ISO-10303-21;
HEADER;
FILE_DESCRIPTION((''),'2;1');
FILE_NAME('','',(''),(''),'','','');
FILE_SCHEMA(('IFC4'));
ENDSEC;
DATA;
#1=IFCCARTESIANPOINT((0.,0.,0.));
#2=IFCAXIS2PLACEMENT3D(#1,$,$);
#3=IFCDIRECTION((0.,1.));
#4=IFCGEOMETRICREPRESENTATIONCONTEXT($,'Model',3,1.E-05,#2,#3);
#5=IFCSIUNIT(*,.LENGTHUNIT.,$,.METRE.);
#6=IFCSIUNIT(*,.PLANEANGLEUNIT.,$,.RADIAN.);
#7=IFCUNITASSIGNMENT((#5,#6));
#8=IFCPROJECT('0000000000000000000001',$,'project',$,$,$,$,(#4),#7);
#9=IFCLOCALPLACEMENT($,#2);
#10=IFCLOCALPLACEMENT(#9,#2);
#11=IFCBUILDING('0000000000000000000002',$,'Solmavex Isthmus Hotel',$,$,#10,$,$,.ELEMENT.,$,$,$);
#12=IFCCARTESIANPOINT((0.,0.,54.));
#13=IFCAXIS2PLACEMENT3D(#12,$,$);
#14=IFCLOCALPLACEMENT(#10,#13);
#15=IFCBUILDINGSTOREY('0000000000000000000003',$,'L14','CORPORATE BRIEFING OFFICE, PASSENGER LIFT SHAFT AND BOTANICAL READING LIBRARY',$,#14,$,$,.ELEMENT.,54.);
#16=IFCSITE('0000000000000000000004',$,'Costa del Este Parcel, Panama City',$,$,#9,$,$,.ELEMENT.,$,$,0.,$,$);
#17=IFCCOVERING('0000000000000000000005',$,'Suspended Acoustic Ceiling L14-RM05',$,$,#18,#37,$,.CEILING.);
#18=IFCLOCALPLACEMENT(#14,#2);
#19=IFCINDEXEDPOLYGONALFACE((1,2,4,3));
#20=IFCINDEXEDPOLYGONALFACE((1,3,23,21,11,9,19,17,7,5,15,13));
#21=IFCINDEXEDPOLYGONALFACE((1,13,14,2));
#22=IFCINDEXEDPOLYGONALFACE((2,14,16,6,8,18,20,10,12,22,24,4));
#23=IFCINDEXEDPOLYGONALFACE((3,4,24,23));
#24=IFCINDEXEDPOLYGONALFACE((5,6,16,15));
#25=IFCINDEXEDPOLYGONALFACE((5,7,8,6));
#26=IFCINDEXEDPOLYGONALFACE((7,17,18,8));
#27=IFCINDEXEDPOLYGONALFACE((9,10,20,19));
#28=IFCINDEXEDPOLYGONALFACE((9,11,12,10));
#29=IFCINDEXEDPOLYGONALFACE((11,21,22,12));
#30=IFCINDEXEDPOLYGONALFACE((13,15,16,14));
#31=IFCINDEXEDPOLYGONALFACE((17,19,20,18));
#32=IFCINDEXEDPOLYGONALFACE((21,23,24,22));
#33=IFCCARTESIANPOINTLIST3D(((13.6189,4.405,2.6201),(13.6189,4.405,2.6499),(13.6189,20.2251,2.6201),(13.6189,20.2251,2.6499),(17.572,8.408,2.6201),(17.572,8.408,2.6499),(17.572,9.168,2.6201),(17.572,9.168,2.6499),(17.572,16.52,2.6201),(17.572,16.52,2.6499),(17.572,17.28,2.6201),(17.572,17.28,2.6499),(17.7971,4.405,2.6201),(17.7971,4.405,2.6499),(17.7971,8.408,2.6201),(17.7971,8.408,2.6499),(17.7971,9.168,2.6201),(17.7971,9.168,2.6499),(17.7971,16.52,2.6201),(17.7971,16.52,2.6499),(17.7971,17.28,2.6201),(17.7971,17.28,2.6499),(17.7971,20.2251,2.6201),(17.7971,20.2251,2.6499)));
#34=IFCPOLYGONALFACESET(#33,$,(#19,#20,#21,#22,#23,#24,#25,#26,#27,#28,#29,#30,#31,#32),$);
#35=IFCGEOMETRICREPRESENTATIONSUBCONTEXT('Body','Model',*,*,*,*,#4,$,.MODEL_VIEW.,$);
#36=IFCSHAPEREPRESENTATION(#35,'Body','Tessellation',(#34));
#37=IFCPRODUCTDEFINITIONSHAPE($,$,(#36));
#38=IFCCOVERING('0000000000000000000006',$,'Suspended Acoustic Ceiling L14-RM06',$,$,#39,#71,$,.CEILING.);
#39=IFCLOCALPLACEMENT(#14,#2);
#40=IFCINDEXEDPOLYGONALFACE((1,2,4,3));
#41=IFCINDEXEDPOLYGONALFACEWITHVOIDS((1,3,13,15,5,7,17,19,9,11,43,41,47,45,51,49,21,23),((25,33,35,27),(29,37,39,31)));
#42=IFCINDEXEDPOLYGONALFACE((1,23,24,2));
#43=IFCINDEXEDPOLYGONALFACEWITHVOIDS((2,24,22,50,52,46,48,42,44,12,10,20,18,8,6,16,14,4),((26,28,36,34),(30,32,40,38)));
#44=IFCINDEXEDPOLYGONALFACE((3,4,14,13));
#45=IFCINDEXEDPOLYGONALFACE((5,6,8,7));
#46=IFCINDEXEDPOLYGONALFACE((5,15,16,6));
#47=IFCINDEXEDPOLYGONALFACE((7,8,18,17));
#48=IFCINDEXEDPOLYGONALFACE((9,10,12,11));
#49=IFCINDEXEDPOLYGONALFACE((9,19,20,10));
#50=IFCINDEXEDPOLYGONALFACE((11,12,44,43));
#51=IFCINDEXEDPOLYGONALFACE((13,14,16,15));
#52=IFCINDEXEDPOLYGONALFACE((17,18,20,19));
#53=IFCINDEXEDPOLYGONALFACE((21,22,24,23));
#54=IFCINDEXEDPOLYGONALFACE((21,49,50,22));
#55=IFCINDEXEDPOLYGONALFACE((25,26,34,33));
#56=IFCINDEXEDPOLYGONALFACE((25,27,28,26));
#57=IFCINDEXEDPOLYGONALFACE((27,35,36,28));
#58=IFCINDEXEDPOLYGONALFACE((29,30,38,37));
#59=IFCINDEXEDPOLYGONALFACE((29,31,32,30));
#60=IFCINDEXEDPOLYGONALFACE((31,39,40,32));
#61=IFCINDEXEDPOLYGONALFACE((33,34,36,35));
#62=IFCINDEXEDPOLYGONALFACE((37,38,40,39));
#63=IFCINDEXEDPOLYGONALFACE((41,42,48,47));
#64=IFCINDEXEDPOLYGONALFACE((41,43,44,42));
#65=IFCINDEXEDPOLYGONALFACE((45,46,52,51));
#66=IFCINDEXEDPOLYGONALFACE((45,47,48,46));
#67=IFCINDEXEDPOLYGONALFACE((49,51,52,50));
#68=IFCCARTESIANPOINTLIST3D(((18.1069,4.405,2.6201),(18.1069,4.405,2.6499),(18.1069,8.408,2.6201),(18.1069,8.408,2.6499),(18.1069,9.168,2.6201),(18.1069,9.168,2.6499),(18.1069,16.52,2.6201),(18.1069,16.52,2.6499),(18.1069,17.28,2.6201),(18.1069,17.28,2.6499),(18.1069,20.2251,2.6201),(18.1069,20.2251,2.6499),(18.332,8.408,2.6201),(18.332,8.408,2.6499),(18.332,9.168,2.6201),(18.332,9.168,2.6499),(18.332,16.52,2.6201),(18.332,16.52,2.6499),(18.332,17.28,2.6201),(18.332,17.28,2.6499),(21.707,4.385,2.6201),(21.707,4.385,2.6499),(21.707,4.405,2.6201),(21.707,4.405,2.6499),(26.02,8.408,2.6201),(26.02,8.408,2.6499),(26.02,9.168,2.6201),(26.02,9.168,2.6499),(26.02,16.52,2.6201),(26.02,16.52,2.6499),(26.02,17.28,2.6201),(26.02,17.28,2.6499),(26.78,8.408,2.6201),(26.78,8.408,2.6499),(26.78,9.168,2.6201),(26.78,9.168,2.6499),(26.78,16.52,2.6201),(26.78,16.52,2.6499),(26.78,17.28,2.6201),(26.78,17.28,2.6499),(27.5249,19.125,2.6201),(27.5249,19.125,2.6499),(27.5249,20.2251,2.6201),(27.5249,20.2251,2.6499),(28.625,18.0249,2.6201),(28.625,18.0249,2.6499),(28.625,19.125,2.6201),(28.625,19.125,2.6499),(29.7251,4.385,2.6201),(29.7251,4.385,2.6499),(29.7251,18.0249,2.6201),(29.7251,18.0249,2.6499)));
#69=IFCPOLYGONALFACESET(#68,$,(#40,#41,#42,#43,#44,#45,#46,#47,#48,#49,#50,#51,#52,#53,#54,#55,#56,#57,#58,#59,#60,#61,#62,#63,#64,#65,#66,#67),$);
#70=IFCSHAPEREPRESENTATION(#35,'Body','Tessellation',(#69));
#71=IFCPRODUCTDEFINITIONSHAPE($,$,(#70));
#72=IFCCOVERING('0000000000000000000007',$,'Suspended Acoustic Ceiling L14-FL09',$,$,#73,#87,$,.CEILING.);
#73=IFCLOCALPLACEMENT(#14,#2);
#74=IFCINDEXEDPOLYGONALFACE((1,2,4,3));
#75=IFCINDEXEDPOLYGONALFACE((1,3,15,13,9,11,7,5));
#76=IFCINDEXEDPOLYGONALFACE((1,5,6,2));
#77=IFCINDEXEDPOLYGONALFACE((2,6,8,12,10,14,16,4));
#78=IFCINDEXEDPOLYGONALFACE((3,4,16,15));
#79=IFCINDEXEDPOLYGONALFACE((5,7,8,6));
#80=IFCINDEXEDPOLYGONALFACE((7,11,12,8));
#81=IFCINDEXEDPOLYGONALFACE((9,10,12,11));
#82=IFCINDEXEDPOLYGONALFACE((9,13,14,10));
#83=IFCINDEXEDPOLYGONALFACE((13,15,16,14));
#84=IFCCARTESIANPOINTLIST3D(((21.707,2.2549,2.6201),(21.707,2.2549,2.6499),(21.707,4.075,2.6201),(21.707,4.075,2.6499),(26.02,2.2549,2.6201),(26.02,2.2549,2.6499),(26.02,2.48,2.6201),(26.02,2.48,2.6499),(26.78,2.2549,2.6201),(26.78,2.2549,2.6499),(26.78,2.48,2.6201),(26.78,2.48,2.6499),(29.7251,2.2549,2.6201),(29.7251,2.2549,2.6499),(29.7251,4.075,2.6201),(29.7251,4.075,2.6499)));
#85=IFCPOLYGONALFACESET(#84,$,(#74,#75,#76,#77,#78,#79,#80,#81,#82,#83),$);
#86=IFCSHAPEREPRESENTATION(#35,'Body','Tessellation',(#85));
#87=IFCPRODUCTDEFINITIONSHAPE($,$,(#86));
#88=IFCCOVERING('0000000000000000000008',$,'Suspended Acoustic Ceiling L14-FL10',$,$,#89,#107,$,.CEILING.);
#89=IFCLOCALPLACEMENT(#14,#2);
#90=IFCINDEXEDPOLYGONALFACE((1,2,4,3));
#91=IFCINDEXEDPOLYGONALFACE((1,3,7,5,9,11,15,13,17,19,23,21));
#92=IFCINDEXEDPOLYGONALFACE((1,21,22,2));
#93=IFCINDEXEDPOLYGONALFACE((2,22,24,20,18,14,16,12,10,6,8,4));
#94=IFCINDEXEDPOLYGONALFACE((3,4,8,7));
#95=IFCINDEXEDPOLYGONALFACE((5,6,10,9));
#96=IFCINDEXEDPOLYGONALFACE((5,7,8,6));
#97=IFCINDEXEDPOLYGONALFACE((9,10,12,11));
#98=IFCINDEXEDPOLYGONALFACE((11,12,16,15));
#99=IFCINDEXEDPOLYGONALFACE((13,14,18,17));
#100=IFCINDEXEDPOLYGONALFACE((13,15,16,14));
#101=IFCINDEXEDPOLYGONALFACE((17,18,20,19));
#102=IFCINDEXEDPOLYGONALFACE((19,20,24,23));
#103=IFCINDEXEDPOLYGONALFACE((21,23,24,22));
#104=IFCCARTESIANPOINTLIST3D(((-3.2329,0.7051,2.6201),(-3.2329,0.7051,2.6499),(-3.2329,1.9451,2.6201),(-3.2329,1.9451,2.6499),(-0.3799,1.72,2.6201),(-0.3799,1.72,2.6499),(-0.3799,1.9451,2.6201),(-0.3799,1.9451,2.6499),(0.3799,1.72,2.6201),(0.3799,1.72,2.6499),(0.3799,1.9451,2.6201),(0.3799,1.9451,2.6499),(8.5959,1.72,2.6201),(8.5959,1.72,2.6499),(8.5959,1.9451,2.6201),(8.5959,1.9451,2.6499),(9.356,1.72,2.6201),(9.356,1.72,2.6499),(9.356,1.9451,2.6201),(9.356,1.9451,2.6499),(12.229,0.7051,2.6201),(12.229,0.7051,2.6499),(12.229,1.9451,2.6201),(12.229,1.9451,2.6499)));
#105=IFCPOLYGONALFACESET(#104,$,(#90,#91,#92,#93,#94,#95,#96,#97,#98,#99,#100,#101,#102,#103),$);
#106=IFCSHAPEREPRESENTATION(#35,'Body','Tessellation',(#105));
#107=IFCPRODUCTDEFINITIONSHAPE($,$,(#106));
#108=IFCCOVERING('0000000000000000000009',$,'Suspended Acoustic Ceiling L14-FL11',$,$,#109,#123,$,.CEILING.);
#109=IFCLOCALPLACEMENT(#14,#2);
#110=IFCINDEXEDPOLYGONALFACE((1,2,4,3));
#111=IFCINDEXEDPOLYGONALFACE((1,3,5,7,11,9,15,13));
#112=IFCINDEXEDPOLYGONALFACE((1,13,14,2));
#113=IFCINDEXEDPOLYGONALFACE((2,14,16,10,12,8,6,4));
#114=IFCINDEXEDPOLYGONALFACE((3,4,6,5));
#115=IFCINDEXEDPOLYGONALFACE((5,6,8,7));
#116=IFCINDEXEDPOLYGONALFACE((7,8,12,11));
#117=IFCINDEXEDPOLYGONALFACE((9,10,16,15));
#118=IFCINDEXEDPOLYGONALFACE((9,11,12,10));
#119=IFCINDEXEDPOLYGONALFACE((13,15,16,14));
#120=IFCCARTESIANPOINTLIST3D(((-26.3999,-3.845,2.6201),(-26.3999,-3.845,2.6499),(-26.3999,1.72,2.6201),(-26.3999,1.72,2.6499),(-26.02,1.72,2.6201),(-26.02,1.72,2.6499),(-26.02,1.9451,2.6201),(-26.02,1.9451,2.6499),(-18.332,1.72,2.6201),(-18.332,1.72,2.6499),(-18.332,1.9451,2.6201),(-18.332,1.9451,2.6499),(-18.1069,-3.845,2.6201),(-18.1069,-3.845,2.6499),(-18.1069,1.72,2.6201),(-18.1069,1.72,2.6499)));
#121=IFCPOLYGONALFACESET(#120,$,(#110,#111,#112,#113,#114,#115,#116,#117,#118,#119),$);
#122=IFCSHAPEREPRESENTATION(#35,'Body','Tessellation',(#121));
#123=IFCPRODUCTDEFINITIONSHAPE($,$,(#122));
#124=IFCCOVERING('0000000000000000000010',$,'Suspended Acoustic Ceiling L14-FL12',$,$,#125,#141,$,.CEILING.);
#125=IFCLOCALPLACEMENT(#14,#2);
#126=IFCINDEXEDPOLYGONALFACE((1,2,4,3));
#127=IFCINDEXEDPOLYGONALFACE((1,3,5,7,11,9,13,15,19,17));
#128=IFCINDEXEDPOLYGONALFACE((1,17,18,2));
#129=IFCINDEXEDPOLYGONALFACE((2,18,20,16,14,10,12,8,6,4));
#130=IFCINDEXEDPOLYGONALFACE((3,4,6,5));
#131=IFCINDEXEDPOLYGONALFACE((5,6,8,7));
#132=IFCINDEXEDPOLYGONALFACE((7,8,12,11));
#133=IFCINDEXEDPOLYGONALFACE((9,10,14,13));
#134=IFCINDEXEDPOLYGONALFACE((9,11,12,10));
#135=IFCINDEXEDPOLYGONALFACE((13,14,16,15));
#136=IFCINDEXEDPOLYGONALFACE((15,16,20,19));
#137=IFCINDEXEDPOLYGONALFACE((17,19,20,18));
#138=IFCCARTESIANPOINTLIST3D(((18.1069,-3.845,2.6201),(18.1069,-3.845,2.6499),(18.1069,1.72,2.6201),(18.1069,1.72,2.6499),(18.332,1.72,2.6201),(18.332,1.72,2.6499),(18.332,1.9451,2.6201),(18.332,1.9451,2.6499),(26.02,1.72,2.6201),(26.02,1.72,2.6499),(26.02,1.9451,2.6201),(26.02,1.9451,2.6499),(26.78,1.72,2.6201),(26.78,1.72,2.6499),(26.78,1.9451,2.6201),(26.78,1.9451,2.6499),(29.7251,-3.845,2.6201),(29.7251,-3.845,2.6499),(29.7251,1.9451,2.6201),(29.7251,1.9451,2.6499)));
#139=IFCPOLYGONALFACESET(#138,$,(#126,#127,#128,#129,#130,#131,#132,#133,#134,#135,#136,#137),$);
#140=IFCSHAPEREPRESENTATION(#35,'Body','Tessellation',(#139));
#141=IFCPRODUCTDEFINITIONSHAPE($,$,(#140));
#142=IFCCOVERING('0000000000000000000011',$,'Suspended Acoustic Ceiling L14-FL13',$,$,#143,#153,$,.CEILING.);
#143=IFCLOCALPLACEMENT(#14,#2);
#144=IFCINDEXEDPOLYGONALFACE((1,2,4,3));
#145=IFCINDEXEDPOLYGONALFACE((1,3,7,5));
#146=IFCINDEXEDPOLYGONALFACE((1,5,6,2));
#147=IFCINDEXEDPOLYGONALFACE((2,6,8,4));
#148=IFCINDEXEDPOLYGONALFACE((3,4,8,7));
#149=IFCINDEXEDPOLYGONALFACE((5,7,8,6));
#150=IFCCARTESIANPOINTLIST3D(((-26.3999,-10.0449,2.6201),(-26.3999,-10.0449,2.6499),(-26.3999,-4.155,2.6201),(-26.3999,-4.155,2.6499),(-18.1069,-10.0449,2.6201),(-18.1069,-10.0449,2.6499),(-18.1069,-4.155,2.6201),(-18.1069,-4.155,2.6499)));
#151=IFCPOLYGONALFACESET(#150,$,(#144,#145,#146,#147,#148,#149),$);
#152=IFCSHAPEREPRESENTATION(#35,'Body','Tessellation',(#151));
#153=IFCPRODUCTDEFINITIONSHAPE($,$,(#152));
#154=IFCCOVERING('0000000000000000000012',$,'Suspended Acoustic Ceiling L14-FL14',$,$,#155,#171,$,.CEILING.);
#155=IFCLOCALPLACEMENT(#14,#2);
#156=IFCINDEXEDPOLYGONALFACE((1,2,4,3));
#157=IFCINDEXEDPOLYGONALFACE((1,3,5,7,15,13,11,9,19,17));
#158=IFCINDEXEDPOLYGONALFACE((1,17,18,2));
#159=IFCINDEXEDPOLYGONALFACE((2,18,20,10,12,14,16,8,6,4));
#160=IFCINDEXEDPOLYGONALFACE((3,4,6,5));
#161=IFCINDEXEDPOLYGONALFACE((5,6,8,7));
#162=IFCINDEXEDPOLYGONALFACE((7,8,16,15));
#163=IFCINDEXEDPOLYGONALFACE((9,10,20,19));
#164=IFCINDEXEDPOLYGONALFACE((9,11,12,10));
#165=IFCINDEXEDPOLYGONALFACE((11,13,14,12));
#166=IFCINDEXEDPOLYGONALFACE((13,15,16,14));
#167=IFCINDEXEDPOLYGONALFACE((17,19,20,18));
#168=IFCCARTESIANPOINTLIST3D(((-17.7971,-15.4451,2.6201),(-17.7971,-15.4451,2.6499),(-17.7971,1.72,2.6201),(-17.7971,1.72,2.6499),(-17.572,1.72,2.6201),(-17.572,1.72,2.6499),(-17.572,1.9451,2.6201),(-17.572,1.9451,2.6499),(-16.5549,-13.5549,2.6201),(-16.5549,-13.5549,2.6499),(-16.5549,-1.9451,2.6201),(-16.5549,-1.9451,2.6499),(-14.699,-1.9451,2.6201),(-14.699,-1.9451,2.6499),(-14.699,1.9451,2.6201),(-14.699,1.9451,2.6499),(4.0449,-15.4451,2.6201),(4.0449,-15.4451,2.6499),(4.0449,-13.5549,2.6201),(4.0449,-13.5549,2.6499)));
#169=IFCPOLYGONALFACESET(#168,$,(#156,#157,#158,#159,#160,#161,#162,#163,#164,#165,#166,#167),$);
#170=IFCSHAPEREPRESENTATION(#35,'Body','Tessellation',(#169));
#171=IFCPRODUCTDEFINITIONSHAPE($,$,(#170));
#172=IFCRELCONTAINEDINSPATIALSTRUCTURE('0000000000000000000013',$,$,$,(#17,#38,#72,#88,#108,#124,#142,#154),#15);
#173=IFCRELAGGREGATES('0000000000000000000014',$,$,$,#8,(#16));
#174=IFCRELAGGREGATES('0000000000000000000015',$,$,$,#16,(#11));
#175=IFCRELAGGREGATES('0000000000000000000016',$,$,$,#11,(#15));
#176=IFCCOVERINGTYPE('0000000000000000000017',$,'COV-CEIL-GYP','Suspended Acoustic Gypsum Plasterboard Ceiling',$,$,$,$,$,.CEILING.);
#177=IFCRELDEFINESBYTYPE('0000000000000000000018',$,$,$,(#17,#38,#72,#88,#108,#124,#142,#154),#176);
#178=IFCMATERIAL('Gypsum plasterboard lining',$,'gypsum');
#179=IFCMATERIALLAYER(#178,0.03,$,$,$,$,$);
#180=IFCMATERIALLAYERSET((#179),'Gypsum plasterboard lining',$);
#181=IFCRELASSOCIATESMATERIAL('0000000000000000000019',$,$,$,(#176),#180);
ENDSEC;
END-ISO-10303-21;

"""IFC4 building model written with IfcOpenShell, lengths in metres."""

from ifc_helpers import new_model, si_unit, direction, frame, origin, place, context, subcontext, project, spatial, polyline, outline, extrude, material, layer, layer_set, type_object, element, save


model = new_model("IFC4")

# Units and contexts
model_context = context("Model", 3, precision=1e-05, world=origin(), true_north=direction((0.0, 1.0)))
body_context = subcontext(model_context, "Body", "Model", "MODEL_VIEW")
ifc_project = project(units=[si_unit("LENGTHUNIT", "METRE"), si_unit("PLANEANGLEUNIT", "RADIAN")], contexts=[model_context])

# Site, building, storey
site_placement = place(None, origin())
site = spatial("IfcSite", under=ifc_project, at=site_placement, Name="Costa del Este Parcel, Panama City", CompositionType="ELEMENT", RefElevation=0.0)
building_placement = place(site_placement, origin())
building = spatial("IfcBuilding", under=site, at=building_placement, Name="Solmavex Isthmus Hotel", CompositionType="ELEMENT")
storey_placement = place(building_placement, frame((0.0, 0.0, 54.0)))
storey = spatial("IfcBuildingStorey", under=building, at=storey_placement, Name="L14", Description="CORPORATE BRIEFING OFFICE, PASSENGER LIFT SHAFT AND BOTANICAL READING LIBRARY", CompositionType="ELEMENT", Elevation=54.0)

# Coverings
ifc_material_1 = material(Name="Gypsum plasterboard lining", Category="gypsum")
ifc_layer_1 = layer(ifc_material_1, 0.03)
ifc_layer_set_1 = layer_set([ifc_layer_1], Name="Gypsum plasterboard lining")
covering_type_1 = type_object("IfcCoveringType", Name="COV-CEIL-GYP", Description="Suspended Acoustic Gypsum Plasterboard Ceiling", PredefinedType="CEILING", material=ifc_layer_set_1)
covering_1_placement = place(storey_placement, frame((0.0, 0.0, 2.6201)))
element("IfcCovering", 1, at=covering_1_placement, inside=storey, type_object=covering_type_1, Name="Suspended Acoustic Ceiling L14-RM05", PredefinedType="CEILING", context=body_context, shape_type="SweptSolid", body=[
    extrude(outline(polyline([(17.7971, 16.52), (17.572, 16.52), (17.572, 17.28), (17.7971, 17.28), (17.7971, 20.2251), (13.6189, 20.2251), (13.6189, 4.405), (17.7971, 4.405), (17.7971, 8.408), (17.572, 8.408), (17.572, 9.168), (17.7971, 9.168), (17.7971, 16.52)])), origin(), (0.0, 0.0, 1.0), 0.0298),
])
covering_2_placement = place(storey_placement, frame((0.0, 0.0, 2.6201)))
element("IfcCovering", 2, at=covering_2_placement, inside=storey, type_object=covering_type_1, Name="Suspended Acoustic Ceiling L14-RM06", PredefinedType="CEILING", context=body_context, shape_type="SweptSolid", body=[
    extrude(outline(polyline([(18.1069, 9.168), (18.332, 9.168), (18.332, 8.408), (18.1069, 8.408), (18.1069, 4.405), (21.707, 4.405), (21.707, 4.385), (29.7251, 4.385), (29.7251, 18.0249), (28.625, 18.0249), (28.625, 19.125), (27.5249, 19.125), (27.5249, 20.2251), (18.1069, 20.2251), (18.1069, 17.28), (18.332, 17.28), (18.332, 16.52), (18.1069, 16.52), (18.1069, 9.168)]), holes=[polyline([(26.02, 8.408), (26.02, 9.168), (26.78, 9.168), (26.78, 8.408), (26.02, 8.408)]), polyline([(26.02, 16.52), (26.02, 17.28), (26.78, 17.28), (26.78, 16.52), (26.02, 16.52)])]), origin(), (0.0, 0.0, 1.0), 0.0298),
])
covering_3_placement = place(storey_placement, frame((0.0, 0.0, 2.6201)))
element("IfcCovering", 3, at=covering_3_placement, inside=storey, type_object=covering_type_1, Name="Suspended Acoustic Ceiling L14-FL09", PredefinedType="CEILING", context=body_context, shape_type="SweptSolid", body=[
    extrude(outline(polyline([(26.02, 2.2549), (26.02, 2.48), (26.78, 2.48), (26.78, 2.2549), (29.7251, 2.2549), (29.7251, 4.075), (21.707, 4.075), (21.707, 2.2549), (26.02, 2.2549)])), origin(), (0.0, 0.0, 1.0), 0.0298),
])
covering_4_placement = place(storey_placement, frame((0.0, 0.0, 2.6201)))
element("IfcCovering", 4, at=covering_4_placement, inside=storey, type_object=covering_type_1, Name="Suspended Acoustic Ceiling L14-FL10", PredefinedType="CEILING", context=body_context, shape_type="SweptSolid", body=[
    extrude(outline(polyline([(0.3799, 1.9451), (0.3799, 1.72), (-0.3799, 1.72), (-0.3799, 1.9451), (-3.2329, 1.9451), (-3.2329, 0.7051), (12.229, 0.7051), (12.229, 1.9451), (9.356, 1.9451), (9.356, 1.72), (8.5959, 1.72), (8.5959, 1.9451), (0.3799, 1.9451)])), origin(), (0.0, 0.0, 1.0), 0.0298),
])
covering_5_placement = place(storey_placement, frame((0.0, 0.0, 2.6201)))
element("IfcCovering", 5, at=covering_5_placement, inside=storey, type_object=covering_type_1, Name="Suspended Acoustic Ceiling L14-FL11", PredefinedType="CEILING", context=body_context, shape_type="SweptSolid", body=[
    extrude(outline(polyline([(-26.02, 1.9451), (-26.02, 1.72), (-26.3999, 1.72), (-26.3999, -3.845), (-18.1069, -3.845), (-18.1069, 1.72), (-18.332, 1.72), (-18.332, 1.9451), (-26.02, 1.9451)])), origin(), (0.0, 0.0, 1.0), 0.0298),
])
covering_6_placement = place(storey_placement, frame((0.0, 0.0, 2.6201)))
element("IfcCovering", 6, at=covering_6_placement, inside=storey, type_object=covering_type_1, Name="Suspended Acoustic Ceiling L14-FL12", PredefinedType="CEILING", context=body_context, shape_type="SweptSolid", body=[
    extrude(outline(polyline([(26.78, 1.9451), (26.78, 1.72), (26.02, 1.72), (26.02, 1.9451), (18.332, 1.9451), (18.332, 1.72), (18.1069, 1.72), (18.1069, -3.845), (29.7251, -3.845), (29.7251, 1.9451), (26.78, 1.9451)])), origin(), (0.0, 0.0, 1.0), 0.0298),
])
covering_7_placement = place(storey_placement, frame((0.0, 0.0, 2.6201)))
element("IfcCovering", 7, at=covering_7_placement, inside=storey, type_object=covering_type_1, Name="Suspended Acoustic Ceiling L14-FL13", PredefinedType="CEILING", context=body_context, shape_type="SweptSolid", body=[
    extrude(outline(polyline([(-26.3999, -4.155), (-26.3999, -10.0449), (-18.1069, -10.0449), (-18.1069, -4.155), (-26.3999, -4.155)])), origin(), (0.0, 0.0, 1.0), 0.0298),
])
covering_8_placement = place(storey_placement, frame((0.0, 0.0, 2.6201)))
element("IfcCovering", 8, at=covering_8_placement, inside=storey, type_object=covering_type_1, Name="Suspended Acoustic Ceiling L14-FL14", PredefinedType="CEILING", context=body_context, shape_type="SweptSolid", body=[
    extrude(outline(polyline([(-17.572, 1.9451), (-17.572, 1.72), (-17.7971, 1.72), (-17.7971, -15.4451), (4.0449, -15.4451), (4.0449, -13.5549), (-16.5549, -13.5549), (-16.5549, -1.9451), (-14.699, -1.9451), (-14.699, 1.9451), (-17.572, 1.9451)])), origin(), (0.0, 0.0, 1.0), 0.0298),
])

save(model, "model.ifc")
